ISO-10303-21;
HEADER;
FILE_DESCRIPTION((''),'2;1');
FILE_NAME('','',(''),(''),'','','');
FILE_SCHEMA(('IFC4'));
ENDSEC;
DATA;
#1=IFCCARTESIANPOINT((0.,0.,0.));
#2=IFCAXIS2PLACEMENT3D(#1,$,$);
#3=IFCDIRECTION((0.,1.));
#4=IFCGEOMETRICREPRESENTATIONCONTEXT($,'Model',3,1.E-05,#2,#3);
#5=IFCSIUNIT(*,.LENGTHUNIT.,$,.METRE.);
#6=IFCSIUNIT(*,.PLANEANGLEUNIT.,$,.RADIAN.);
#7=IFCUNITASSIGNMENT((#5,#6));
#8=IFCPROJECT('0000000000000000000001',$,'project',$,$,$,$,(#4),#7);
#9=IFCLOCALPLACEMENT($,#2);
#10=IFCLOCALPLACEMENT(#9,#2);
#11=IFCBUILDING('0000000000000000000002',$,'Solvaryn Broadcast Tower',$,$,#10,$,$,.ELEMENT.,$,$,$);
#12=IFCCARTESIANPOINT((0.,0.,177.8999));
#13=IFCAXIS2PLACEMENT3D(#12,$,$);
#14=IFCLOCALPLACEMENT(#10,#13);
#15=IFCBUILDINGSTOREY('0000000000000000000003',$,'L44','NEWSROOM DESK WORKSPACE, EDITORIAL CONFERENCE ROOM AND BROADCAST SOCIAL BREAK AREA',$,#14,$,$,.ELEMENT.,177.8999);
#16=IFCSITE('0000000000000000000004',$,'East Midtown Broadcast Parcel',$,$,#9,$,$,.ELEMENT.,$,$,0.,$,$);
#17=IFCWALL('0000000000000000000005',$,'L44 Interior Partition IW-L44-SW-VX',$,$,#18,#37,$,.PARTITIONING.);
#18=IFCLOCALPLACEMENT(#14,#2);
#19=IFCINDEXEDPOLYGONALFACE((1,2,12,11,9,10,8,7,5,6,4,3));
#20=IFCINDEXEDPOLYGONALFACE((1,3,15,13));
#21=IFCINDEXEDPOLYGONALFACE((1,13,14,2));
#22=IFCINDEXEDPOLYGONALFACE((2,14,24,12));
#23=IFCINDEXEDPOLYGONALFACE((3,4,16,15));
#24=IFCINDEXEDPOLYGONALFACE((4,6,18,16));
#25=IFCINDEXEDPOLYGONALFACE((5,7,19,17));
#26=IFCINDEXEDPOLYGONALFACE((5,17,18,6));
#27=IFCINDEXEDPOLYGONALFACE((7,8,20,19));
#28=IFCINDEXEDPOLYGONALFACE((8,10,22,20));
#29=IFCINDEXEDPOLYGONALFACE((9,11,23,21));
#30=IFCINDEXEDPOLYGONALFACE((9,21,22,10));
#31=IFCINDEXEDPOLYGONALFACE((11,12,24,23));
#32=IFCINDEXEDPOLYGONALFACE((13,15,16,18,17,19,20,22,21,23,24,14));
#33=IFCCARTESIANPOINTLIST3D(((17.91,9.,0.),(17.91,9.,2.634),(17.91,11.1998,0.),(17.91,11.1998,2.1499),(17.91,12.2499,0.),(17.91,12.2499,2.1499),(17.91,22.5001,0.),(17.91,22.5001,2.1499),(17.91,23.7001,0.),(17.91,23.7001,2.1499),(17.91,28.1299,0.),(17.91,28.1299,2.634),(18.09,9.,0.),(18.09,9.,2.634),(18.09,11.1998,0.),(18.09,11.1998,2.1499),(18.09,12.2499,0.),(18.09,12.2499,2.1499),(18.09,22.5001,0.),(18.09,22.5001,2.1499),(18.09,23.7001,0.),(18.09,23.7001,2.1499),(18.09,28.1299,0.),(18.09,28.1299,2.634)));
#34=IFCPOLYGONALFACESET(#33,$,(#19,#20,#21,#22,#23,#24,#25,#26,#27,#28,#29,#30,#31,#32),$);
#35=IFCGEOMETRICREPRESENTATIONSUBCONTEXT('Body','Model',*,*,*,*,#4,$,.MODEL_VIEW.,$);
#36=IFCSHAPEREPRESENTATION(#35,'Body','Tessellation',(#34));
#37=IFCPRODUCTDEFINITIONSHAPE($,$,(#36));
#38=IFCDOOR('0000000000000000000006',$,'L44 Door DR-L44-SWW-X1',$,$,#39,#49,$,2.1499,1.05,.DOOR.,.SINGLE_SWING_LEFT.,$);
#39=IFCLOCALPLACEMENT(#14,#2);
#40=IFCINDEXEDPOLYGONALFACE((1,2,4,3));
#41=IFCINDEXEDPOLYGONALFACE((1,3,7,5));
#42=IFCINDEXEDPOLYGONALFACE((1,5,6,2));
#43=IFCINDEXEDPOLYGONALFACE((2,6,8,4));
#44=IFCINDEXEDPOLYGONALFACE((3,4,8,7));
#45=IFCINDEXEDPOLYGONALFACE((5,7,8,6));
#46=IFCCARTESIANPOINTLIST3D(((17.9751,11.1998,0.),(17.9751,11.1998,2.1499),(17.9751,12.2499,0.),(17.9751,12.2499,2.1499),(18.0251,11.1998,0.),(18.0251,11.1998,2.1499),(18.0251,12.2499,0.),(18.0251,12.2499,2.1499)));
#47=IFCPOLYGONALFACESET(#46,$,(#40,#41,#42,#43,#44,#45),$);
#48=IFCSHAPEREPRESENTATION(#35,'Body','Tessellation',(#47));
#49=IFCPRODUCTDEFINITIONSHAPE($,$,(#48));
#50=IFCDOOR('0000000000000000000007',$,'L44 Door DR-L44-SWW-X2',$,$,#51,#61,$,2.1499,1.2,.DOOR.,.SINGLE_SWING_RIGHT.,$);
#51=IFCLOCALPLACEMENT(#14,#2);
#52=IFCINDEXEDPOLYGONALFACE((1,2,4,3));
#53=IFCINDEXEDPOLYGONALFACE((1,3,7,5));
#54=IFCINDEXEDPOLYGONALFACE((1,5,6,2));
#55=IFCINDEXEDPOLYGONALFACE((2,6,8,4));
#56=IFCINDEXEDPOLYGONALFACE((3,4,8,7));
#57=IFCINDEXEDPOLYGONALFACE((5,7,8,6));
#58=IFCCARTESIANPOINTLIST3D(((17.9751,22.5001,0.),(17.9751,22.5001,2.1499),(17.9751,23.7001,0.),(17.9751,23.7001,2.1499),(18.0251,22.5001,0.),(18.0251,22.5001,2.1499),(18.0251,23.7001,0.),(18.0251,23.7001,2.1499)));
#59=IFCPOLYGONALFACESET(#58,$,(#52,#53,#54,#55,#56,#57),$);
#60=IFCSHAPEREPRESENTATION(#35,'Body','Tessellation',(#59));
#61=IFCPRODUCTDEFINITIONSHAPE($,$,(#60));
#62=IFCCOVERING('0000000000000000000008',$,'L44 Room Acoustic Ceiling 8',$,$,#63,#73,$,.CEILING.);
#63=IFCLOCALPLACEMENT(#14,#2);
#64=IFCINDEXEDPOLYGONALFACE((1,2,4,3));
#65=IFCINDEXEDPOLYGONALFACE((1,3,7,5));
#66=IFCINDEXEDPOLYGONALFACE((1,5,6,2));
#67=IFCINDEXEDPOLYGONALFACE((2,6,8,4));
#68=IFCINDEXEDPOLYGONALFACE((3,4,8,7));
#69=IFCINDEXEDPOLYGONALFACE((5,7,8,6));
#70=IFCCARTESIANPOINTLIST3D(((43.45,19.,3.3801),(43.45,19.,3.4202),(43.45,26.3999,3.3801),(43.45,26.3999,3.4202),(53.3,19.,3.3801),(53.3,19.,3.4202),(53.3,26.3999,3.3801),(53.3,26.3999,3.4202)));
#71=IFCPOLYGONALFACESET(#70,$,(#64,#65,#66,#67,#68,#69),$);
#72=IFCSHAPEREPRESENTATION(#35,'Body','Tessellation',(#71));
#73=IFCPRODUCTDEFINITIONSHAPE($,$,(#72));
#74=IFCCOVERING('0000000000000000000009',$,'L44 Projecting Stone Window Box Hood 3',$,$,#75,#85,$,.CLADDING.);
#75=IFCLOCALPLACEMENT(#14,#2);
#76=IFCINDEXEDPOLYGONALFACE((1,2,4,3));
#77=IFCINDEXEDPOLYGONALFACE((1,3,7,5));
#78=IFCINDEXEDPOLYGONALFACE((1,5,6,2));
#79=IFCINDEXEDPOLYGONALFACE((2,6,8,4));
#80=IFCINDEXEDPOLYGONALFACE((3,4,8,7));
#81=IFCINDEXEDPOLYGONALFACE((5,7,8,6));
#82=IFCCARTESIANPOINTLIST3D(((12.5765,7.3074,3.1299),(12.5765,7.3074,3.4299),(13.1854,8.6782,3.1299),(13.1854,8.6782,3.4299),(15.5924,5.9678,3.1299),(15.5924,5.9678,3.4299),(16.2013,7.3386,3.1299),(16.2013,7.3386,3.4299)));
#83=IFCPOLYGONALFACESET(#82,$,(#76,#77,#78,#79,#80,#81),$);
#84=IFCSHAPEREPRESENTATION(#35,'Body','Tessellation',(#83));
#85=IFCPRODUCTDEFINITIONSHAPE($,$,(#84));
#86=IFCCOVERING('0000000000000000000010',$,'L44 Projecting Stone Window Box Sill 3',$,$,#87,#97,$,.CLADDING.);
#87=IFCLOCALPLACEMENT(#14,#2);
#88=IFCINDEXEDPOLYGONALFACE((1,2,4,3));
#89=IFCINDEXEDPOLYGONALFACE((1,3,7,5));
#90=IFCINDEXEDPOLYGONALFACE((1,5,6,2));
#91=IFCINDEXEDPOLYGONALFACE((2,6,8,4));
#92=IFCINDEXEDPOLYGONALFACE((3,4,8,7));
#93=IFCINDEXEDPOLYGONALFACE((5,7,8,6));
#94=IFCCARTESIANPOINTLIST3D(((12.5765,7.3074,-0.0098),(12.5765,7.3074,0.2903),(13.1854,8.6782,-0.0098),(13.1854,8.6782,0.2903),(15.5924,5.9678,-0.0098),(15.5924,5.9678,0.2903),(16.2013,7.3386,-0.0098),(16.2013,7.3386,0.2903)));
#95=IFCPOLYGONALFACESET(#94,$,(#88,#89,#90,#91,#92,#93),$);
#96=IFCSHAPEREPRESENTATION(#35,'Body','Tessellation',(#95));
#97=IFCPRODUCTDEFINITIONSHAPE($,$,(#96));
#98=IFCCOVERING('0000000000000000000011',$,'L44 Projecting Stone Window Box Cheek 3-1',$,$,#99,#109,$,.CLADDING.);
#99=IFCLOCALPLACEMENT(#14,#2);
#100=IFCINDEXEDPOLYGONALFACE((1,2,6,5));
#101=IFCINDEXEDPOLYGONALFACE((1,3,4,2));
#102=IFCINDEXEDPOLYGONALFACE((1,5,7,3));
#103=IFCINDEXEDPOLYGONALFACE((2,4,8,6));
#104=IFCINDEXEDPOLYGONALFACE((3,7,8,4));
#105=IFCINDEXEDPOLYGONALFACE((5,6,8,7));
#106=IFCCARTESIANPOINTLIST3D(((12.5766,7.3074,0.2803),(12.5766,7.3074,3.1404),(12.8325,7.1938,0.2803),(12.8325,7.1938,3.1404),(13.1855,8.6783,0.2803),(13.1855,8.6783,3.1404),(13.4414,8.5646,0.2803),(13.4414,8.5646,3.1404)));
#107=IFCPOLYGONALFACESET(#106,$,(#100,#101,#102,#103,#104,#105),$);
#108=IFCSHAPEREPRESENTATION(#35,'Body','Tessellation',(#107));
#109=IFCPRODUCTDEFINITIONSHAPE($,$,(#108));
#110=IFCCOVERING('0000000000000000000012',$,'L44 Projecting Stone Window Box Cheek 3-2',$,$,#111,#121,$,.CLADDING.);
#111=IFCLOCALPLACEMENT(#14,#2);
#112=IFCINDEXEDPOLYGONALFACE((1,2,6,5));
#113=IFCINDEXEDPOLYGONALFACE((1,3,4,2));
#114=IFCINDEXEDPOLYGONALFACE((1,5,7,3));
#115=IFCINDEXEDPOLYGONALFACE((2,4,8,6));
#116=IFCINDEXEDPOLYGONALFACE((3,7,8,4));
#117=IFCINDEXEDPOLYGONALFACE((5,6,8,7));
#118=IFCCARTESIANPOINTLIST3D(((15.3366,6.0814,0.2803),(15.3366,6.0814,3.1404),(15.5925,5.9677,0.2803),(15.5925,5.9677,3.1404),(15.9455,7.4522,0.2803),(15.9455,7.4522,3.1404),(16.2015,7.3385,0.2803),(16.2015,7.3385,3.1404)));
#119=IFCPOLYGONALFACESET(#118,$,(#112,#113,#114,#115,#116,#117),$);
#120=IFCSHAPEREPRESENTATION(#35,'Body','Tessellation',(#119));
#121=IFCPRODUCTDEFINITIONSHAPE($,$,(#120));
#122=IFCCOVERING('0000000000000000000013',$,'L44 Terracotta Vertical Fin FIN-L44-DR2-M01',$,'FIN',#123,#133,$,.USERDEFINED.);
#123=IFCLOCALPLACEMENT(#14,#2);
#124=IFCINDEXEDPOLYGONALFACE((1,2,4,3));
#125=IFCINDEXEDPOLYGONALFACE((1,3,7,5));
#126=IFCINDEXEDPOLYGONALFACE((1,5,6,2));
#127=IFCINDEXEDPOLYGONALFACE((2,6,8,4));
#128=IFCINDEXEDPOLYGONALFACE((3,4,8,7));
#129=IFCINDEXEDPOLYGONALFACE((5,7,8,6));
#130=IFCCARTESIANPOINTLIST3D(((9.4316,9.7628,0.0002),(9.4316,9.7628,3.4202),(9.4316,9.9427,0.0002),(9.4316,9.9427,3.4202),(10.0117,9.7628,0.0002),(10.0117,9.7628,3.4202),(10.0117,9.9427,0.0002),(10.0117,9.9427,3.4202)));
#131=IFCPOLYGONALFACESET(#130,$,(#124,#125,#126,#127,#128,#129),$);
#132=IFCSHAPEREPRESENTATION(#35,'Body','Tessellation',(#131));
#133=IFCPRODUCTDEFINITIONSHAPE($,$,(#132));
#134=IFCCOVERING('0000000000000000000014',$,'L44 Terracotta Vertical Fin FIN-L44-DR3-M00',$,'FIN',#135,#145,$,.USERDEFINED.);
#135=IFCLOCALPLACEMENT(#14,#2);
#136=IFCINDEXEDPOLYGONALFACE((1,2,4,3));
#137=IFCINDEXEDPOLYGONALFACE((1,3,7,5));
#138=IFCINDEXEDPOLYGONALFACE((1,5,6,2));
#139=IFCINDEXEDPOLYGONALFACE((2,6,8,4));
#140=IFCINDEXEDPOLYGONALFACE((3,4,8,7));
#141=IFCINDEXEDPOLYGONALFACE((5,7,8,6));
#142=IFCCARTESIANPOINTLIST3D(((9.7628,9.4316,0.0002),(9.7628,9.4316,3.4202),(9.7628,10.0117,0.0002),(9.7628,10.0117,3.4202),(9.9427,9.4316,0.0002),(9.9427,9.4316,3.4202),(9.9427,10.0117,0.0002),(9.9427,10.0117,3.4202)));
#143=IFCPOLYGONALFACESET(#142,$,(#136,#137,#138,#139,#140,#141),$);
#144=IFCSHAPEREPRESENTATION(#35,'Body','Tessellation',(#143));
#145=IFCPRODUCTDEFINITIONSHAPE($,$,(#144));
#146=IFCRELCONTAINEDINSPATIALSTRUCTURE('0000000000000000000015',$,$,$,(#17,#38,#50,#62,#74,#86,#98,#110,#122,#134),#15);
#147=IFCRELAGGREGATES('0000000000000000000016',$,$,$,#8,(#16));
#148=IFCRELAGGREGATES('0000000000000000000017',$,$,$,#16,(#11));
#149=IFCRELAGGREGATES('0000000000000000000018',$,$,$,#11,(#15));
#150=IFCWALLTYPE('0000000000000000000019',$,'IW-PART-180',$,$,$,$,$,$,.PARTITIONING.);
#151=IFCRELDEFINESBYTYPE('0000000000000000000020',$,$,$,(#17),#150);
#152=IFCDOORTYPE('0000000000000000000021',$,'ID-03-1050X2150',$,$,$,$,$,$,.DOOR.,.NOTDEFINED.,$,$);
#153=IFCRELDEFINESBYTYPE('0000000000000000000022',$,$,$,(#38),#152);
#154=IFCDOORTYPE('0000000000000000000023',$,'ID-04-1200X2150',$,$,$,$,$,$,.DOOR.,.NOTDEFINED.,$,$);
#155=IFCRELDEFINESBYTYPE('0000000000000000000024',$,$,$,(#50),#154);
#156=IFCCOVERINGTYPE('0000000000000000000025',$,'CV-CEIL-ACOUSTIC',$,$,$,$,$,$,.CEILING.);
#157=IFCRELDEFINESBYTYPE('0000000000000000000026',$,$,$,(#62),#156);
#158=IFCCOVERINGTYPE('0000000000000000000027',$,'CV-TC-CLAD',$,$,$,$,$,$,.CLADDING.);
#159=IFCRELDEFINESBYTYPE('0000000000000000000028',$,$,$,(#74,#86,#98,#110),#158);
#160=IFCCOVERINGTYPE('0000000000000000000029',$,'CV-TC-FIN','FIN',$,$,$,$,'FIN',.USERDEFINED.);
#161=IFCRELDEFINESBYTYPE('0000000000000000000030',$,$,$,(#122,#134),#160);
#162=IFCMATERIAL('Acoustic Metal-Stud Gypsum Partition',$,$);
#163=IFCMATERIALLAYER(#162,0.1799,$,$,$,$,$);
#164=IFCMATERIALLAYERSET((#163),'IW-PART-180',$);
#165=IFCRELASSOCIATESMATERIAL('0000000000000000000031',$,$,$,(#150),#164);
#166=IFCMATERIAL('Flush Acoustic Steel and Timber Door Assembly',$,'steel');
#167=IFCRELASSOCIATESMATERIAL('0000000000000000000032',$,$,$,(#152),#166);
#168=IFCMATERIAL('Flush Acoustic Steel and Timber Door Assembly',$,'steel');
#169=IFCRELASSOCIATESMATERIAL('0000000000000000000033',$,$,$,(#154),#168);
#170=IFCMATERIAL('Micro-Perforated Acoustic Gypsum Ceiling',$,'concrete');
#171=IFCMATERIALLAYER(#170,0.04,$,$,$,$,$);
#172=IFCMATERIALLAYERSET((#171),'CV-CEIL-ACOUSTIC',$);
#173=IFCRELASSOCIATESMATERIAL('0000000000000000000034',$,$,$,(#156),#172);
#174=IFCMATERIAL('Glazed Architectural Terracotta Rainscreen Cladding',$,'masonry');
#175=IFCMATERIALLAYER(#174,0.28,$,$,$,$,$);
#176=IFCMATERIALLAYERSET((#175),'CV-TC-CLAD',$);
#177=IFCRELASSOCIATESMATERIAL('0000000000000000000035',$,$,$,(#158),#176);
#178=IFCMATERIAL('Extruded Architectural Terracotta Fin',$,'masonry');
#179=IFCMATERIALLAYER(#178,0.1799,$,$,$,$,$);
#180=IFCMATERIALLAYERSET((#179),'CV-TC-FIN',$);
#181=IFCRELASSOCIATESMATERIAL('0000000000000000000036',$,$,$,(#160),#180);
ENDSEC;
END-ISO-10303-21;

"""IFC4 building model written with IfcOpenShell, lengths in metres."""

from ifc_helpers import new_model, si_unit, direction, frame, frame_2d, origin, origin_2d, place, context, subcontext, project, spatial, polyline, rectangle, outline, extrude, material, layer, layer_set, type_object, element, fill, save


model = new_model("IFC4")

# Units and contexts
model_context = context("Model", 3, precision=1e-05, world=origin(), true_north=direction((0.0, 1.0)))
body_context = subcontext(model_context, "Body", "Model", "MODEL_VIEW")
ifc_project = project(units=[si_unit("LENGTHUNIT", "METRE"), si_unit("PLANEANGLEUNIT", "RADIAN")], contexts=[model_context])

# Site, building, storey
site_placement = place(None, origin())
site = spatial("IfcSite", under=ifc_project, at=site_placement, Name="East Midtown Broadcast Parcel", CompositionType="ELEMENT", RefElevation=0.0)
building_placement = place(site_placement, origin())
building = spatial("IfcBuilding", under=site, at=building_placement, Name="Solvaryn Broadcast Tower", CompositionType="ELEMENT")
storey_placement = place(building_placement, frame((0.0, 0.0, 177.8999)))
storey = spatial("IfcBuildingStorey", under=building, at=storey_placement, Name="L44", Description="NEWSROOM DESK WORKSPACE, EDITORIAL CONFERENCE ROOM AND BROADCAST SOCIAL BREAK AREA", CompositionType="ELEMENT", Elevation=177.8999)

# Wall, openings, doors
ifc_material_1 = material(Name="Acoustic Metal-Stud Gypsum Partition")
ifc_layer_1 = layer(ifc_material_1, 0.1799)
ifc_layer_set_1 = layer_set([ifc_layer_1], Name="IW-PART-180")
wall_type_1 = type_object("IfcWallType", Name="IW-PART-180", PredefinedType="PARTITIONING", material=ifc_layer_set_1)
wall_1_placement = place(storey_placement, frame((18.0, 9.0, 0.0), z_axis=(0.0, 0.0, 1.0), x_axis=(0.0, 1.0, 0.0)))
wall_1 = element("IfcWall", 1, at=wall_1_placement, inside=storey, type_object=wall_type_1, Name="L44 Interior Partition IW-L44-SW-VX", PredefinedType="PARTITIONING", context=body_context, shape_type="SweptSolid", body=[
    extrude(rectangle(XDim=19.1299, YDim=0.1799, at=frame_2d((9.5649, 0.0))), origin(), (0.0, 0.0, 1.0), 2.634),
])
opening_1_placement = place(wall_1_placement, frame((2.2, 0.0, 0.0)))
opening_1 = element("IfcOpeningElement", 2, at=opening_1_placement, cuts=wall_1, PredefinedType="OPENING", context=body_context, shape_type="SweptSolid", body=[
    extrude(rectangle(XDim=1.05, YDim=2.1499, at=frame_2d((0.5249, 1.075))), frame((0.0, 0.0999, 0.0), z_axis=(0.0, -1.0, 0.0), x_axis=(1.0, 0.0, 0.0)), (0.0, 0.0, 1.0), 0.2),
])
opening_2_placement = place(wall_1_placement, frame((13.5, 0.0, 0.0)))
opening_2 = element("IfcOpeningElement", 3, at=opening_2_placement, cuts=wall_1, PredefinedType="OPENING", context=body_context, shape_type="SweptSolid", body=[
    extrude(rectangle(XDim=1.2, YDim=2.1499, at=frame_2d((0.6001, 1.075))), frame((0.0, 0.0999, 0.0), z_axis=(0.0, -1.0, 0.0), x_axis=(1.0, 0.0, 0.0)), (0.0, 0.0, 1.0), 0.2),
])
ifc_material_2 = material(Name="Flush Acoustic Steel and Timber Door Assembly", Category="steel")
door_type_1 = type_object("IfcDoorType", Name="ID-03-1050X2150", OperationType="NOTDEFINED", PredefinedType="DOOR", material=ifc_material_2)
door_1_placement = place(opening_1_placement, origin())
door_1 = element("IfcDoor", 4, at=door_1_placement, inside=storey, type_object=door_type_1, Name="L44 Door DR-L44-SWW-X1", OperationType="SINGLE_SWING_LEFT", OverallHeight=2.1499, OverallWidth=1.05, PredefinedType="DOOR", context=body_context, shape_type="SweptSolid", body=[
    extrude(rectangle(XDim=1.05, YDim=2.1499, at=frame_2d((0.5249, 1.075))), frame((0.0, 0.0249, 0.0), z_axis=(0.0, -1.0, 0.0), x_axis=(1.0, 0.0, 0.0)), (0.0, 0.0, 1.0), 0.05),
])
fill(opening_1, door_1)
ifc_material_3 = material(Name="Flush Acoustic Steel and Timber Door Assembly", Category="steel")
door_type_2 = type_object("IfcDoorType", Name="ID-04-1200X2150", OperationType="NOTDEFINED", PredefinedType="DOOR", material=ifc_material_3)
door_2_placement = place(opening_2_placement, origin())
door_2 = element("IfcDoor", 5, at=door_2_placement, inside=storey, type_object=door_type_2, Name="L44 Door DR-L44-SWW-X2", OperationType="SINGLE_SWING_RIGHT", OverallHeight=2.1499, OverallWidth=1.2, PredefinedType="DOOR", context=body_context, shape_type="SweptSolid", body=[
    extrude(rectangle(XDim=1.2, YDim=2.1499, at=frame_2d((0.6001, 1.075))), frame((0.0, 0.0249, 0.0), z_axis=(0.0, -1.0, 0.0), x_axis=(1.0, 0.0, 0.0)), (0.0, 0.0, 1.0), 0.05),
])
fill(opening_2, door_2)

# Coverings
ifc_material_4 = material(Name="Micro-Perforated Acoustic Gypsum Ceiling", Category="concrete")
ifc_layer_2 = layer(ifc_material_4, 0.04)
ifc_layer_set_2 = layer_set([ifc_layer_2], Name="CV-CEIL-ACOUSTIC")
covering_type_1 = type_object("IfcCoveringType", Name="CV-CEIL-ACOUSTIC", PredefinedType="CEILING", material=ifc_layer_set_2)
covering_1_placement = place(storey_placement, frame((0.0, 0.0, 3.3801)))
element("IfcCovering", 6, at=covering_1_placement, inside=storey, type_object=covering_type_1, Name="L44 Room Acoustic Ceiling 8", PredefinedType="CEILING", context=body_context, shape_type="SweptSolid", body=[
    extrude(outline(polyline([(43.45, 19.0), (53.3, 19.0), (53.3, 26.3999), (43.45, 26.3999), (43.45, 19.0)])), origin(), (0.0, 0.0, 1.0), 0.04),
])
ifc_material_5 = material(Name="Glazed Architectural Terracotta Rainscreen Cladding", Category="masonry")
ifc_layer_3 = layer(ifc_material_5, 0.28)
ifc_layer_set_3 = layer_set([ifc_layer_3], Name="CV-TC-CLAD")
covering_type_2 = type_object("IfcCoveringType", Name="CV-TC-CLAD", PredefinedType="CLADDING", material=ifc_layer_set_3)
for number, where, z_axis, x_axis, name in (
    (7, (14.3889, 7.323, 3.1299), (0.0, 0.0, 1.0), (0.9139, -0.405939, 0.0), "L44 Projecting Stone Window Box Hood 3"),
    (8, (14.3889, 7.323, -0.0098), (0.0, 0.0, 1.0), (0.9139, -0.405939, 0.0), "L44 Projecting Stone Window Box Sill 3"),
):
    element("IfcCovering", number, at=place(storey_placement, frame(where, z_axis=z_axis, x_axis=x_axis)), inside=storey, type_object=covering_type_2, Name=name, PredefinedType="CLADDING", context=body_context, shape_type="SweptSolid", body=[
        extrude(rectangle(XDim=3.3, YDim=1.5, at=origin_2d()), origin(), (0.0, 0.0, 1.0), 0.3),
    ])
for number, where, z_axis, x_axis, name in (
    (9, (13.009, 7.936, 0.2803), (0.0, 0.0, 1.0), (0.9139, -0.405939, 0.0), "L44 Projecting Stone Window Box Cheek 3-1"),
    (10, (15.769, 6.71, 0.2803), (0.0, 0.0, 1.0), (0.9139, -0.405939, 0.0), "L44 Projecting Stone Window Box Cheek 3-2"),
):
    element("IfcCovering", number, at=place(storey_placement, frame(where, z_axis=z_axis, x_axis=x_axis)), inside=storey, type_object=covering_type_2, Name=name, PredefinedType="CLADDING", context=body_context, shape_type="SweptSolid", body=[
        extrude(rectangle(XDim=0.28, YDim=1.5, at=origin_2d()), origin(), (0.0, 0.0, 1.0), 2.8601),
    ])
ifc_material_6 = material(Name="Extruded Architectural Terracotta Fin", Category="masonry")
ifc_layer_4 = layer(ifc_material_6, 0.1799)
ifc_layer_set_4 = layer_set([ifc_layer_4], Name="CV-TC-FIN")
covering_type_3 = type_object("IfcCoveringType", Name="CV-TC-FIN", Description="FIN", ElementType="FIN", PredefinedType="USERDEFINED", material=ifc_layer_set_4)
covering_2_placement = place(storey_placement, frame((9.7217, 9.8528, 0.0002), z_axis=(0.0, 0.0, 1.0), x_axis=(1.0, 0.0, 0.0)))
element("IfcCovering", 11, at=covering_2_placement, inside=storey, type_object=covering_type_3, Name="L44 Terracotta Vertical Fin FIN-L44-DR2-M01", ObjectType="FIN", PredefinedType="USERDEFINED", context=body_context, shape_type="SweptSolid", body=[
    extrude(rectangle(XDim=0.5801, YDim=0.1799, at=origin_2d()), origin(), (0.0, 0.0, 1.0), 3.4199),
])
covering_3_placement = place(storey_placement, frame((9.8528, 9.7217, 0.0002), z_axis=(0.0, 0.0, 1.0), x_axis=(1.0, 0.0, 0.0)))
element("IfcCovering", 12, at=covering_3_placement, inside=storey, type_object=covering_type_3, Name="L44 Terracotta Vertical Fin FIN-L44-DR3-M00", ObjectType="FIN", PredefinedType="USERDEFINED", context=body_context, shape_type="SweptSolid", body=[
    extrude(rectangle(XDim=0.1799, YDim=0.5801, at=origin_2d()), origin(), (0.0, 0.0, 1.0), 3.4199),
])

save(model, "model.ifc")
